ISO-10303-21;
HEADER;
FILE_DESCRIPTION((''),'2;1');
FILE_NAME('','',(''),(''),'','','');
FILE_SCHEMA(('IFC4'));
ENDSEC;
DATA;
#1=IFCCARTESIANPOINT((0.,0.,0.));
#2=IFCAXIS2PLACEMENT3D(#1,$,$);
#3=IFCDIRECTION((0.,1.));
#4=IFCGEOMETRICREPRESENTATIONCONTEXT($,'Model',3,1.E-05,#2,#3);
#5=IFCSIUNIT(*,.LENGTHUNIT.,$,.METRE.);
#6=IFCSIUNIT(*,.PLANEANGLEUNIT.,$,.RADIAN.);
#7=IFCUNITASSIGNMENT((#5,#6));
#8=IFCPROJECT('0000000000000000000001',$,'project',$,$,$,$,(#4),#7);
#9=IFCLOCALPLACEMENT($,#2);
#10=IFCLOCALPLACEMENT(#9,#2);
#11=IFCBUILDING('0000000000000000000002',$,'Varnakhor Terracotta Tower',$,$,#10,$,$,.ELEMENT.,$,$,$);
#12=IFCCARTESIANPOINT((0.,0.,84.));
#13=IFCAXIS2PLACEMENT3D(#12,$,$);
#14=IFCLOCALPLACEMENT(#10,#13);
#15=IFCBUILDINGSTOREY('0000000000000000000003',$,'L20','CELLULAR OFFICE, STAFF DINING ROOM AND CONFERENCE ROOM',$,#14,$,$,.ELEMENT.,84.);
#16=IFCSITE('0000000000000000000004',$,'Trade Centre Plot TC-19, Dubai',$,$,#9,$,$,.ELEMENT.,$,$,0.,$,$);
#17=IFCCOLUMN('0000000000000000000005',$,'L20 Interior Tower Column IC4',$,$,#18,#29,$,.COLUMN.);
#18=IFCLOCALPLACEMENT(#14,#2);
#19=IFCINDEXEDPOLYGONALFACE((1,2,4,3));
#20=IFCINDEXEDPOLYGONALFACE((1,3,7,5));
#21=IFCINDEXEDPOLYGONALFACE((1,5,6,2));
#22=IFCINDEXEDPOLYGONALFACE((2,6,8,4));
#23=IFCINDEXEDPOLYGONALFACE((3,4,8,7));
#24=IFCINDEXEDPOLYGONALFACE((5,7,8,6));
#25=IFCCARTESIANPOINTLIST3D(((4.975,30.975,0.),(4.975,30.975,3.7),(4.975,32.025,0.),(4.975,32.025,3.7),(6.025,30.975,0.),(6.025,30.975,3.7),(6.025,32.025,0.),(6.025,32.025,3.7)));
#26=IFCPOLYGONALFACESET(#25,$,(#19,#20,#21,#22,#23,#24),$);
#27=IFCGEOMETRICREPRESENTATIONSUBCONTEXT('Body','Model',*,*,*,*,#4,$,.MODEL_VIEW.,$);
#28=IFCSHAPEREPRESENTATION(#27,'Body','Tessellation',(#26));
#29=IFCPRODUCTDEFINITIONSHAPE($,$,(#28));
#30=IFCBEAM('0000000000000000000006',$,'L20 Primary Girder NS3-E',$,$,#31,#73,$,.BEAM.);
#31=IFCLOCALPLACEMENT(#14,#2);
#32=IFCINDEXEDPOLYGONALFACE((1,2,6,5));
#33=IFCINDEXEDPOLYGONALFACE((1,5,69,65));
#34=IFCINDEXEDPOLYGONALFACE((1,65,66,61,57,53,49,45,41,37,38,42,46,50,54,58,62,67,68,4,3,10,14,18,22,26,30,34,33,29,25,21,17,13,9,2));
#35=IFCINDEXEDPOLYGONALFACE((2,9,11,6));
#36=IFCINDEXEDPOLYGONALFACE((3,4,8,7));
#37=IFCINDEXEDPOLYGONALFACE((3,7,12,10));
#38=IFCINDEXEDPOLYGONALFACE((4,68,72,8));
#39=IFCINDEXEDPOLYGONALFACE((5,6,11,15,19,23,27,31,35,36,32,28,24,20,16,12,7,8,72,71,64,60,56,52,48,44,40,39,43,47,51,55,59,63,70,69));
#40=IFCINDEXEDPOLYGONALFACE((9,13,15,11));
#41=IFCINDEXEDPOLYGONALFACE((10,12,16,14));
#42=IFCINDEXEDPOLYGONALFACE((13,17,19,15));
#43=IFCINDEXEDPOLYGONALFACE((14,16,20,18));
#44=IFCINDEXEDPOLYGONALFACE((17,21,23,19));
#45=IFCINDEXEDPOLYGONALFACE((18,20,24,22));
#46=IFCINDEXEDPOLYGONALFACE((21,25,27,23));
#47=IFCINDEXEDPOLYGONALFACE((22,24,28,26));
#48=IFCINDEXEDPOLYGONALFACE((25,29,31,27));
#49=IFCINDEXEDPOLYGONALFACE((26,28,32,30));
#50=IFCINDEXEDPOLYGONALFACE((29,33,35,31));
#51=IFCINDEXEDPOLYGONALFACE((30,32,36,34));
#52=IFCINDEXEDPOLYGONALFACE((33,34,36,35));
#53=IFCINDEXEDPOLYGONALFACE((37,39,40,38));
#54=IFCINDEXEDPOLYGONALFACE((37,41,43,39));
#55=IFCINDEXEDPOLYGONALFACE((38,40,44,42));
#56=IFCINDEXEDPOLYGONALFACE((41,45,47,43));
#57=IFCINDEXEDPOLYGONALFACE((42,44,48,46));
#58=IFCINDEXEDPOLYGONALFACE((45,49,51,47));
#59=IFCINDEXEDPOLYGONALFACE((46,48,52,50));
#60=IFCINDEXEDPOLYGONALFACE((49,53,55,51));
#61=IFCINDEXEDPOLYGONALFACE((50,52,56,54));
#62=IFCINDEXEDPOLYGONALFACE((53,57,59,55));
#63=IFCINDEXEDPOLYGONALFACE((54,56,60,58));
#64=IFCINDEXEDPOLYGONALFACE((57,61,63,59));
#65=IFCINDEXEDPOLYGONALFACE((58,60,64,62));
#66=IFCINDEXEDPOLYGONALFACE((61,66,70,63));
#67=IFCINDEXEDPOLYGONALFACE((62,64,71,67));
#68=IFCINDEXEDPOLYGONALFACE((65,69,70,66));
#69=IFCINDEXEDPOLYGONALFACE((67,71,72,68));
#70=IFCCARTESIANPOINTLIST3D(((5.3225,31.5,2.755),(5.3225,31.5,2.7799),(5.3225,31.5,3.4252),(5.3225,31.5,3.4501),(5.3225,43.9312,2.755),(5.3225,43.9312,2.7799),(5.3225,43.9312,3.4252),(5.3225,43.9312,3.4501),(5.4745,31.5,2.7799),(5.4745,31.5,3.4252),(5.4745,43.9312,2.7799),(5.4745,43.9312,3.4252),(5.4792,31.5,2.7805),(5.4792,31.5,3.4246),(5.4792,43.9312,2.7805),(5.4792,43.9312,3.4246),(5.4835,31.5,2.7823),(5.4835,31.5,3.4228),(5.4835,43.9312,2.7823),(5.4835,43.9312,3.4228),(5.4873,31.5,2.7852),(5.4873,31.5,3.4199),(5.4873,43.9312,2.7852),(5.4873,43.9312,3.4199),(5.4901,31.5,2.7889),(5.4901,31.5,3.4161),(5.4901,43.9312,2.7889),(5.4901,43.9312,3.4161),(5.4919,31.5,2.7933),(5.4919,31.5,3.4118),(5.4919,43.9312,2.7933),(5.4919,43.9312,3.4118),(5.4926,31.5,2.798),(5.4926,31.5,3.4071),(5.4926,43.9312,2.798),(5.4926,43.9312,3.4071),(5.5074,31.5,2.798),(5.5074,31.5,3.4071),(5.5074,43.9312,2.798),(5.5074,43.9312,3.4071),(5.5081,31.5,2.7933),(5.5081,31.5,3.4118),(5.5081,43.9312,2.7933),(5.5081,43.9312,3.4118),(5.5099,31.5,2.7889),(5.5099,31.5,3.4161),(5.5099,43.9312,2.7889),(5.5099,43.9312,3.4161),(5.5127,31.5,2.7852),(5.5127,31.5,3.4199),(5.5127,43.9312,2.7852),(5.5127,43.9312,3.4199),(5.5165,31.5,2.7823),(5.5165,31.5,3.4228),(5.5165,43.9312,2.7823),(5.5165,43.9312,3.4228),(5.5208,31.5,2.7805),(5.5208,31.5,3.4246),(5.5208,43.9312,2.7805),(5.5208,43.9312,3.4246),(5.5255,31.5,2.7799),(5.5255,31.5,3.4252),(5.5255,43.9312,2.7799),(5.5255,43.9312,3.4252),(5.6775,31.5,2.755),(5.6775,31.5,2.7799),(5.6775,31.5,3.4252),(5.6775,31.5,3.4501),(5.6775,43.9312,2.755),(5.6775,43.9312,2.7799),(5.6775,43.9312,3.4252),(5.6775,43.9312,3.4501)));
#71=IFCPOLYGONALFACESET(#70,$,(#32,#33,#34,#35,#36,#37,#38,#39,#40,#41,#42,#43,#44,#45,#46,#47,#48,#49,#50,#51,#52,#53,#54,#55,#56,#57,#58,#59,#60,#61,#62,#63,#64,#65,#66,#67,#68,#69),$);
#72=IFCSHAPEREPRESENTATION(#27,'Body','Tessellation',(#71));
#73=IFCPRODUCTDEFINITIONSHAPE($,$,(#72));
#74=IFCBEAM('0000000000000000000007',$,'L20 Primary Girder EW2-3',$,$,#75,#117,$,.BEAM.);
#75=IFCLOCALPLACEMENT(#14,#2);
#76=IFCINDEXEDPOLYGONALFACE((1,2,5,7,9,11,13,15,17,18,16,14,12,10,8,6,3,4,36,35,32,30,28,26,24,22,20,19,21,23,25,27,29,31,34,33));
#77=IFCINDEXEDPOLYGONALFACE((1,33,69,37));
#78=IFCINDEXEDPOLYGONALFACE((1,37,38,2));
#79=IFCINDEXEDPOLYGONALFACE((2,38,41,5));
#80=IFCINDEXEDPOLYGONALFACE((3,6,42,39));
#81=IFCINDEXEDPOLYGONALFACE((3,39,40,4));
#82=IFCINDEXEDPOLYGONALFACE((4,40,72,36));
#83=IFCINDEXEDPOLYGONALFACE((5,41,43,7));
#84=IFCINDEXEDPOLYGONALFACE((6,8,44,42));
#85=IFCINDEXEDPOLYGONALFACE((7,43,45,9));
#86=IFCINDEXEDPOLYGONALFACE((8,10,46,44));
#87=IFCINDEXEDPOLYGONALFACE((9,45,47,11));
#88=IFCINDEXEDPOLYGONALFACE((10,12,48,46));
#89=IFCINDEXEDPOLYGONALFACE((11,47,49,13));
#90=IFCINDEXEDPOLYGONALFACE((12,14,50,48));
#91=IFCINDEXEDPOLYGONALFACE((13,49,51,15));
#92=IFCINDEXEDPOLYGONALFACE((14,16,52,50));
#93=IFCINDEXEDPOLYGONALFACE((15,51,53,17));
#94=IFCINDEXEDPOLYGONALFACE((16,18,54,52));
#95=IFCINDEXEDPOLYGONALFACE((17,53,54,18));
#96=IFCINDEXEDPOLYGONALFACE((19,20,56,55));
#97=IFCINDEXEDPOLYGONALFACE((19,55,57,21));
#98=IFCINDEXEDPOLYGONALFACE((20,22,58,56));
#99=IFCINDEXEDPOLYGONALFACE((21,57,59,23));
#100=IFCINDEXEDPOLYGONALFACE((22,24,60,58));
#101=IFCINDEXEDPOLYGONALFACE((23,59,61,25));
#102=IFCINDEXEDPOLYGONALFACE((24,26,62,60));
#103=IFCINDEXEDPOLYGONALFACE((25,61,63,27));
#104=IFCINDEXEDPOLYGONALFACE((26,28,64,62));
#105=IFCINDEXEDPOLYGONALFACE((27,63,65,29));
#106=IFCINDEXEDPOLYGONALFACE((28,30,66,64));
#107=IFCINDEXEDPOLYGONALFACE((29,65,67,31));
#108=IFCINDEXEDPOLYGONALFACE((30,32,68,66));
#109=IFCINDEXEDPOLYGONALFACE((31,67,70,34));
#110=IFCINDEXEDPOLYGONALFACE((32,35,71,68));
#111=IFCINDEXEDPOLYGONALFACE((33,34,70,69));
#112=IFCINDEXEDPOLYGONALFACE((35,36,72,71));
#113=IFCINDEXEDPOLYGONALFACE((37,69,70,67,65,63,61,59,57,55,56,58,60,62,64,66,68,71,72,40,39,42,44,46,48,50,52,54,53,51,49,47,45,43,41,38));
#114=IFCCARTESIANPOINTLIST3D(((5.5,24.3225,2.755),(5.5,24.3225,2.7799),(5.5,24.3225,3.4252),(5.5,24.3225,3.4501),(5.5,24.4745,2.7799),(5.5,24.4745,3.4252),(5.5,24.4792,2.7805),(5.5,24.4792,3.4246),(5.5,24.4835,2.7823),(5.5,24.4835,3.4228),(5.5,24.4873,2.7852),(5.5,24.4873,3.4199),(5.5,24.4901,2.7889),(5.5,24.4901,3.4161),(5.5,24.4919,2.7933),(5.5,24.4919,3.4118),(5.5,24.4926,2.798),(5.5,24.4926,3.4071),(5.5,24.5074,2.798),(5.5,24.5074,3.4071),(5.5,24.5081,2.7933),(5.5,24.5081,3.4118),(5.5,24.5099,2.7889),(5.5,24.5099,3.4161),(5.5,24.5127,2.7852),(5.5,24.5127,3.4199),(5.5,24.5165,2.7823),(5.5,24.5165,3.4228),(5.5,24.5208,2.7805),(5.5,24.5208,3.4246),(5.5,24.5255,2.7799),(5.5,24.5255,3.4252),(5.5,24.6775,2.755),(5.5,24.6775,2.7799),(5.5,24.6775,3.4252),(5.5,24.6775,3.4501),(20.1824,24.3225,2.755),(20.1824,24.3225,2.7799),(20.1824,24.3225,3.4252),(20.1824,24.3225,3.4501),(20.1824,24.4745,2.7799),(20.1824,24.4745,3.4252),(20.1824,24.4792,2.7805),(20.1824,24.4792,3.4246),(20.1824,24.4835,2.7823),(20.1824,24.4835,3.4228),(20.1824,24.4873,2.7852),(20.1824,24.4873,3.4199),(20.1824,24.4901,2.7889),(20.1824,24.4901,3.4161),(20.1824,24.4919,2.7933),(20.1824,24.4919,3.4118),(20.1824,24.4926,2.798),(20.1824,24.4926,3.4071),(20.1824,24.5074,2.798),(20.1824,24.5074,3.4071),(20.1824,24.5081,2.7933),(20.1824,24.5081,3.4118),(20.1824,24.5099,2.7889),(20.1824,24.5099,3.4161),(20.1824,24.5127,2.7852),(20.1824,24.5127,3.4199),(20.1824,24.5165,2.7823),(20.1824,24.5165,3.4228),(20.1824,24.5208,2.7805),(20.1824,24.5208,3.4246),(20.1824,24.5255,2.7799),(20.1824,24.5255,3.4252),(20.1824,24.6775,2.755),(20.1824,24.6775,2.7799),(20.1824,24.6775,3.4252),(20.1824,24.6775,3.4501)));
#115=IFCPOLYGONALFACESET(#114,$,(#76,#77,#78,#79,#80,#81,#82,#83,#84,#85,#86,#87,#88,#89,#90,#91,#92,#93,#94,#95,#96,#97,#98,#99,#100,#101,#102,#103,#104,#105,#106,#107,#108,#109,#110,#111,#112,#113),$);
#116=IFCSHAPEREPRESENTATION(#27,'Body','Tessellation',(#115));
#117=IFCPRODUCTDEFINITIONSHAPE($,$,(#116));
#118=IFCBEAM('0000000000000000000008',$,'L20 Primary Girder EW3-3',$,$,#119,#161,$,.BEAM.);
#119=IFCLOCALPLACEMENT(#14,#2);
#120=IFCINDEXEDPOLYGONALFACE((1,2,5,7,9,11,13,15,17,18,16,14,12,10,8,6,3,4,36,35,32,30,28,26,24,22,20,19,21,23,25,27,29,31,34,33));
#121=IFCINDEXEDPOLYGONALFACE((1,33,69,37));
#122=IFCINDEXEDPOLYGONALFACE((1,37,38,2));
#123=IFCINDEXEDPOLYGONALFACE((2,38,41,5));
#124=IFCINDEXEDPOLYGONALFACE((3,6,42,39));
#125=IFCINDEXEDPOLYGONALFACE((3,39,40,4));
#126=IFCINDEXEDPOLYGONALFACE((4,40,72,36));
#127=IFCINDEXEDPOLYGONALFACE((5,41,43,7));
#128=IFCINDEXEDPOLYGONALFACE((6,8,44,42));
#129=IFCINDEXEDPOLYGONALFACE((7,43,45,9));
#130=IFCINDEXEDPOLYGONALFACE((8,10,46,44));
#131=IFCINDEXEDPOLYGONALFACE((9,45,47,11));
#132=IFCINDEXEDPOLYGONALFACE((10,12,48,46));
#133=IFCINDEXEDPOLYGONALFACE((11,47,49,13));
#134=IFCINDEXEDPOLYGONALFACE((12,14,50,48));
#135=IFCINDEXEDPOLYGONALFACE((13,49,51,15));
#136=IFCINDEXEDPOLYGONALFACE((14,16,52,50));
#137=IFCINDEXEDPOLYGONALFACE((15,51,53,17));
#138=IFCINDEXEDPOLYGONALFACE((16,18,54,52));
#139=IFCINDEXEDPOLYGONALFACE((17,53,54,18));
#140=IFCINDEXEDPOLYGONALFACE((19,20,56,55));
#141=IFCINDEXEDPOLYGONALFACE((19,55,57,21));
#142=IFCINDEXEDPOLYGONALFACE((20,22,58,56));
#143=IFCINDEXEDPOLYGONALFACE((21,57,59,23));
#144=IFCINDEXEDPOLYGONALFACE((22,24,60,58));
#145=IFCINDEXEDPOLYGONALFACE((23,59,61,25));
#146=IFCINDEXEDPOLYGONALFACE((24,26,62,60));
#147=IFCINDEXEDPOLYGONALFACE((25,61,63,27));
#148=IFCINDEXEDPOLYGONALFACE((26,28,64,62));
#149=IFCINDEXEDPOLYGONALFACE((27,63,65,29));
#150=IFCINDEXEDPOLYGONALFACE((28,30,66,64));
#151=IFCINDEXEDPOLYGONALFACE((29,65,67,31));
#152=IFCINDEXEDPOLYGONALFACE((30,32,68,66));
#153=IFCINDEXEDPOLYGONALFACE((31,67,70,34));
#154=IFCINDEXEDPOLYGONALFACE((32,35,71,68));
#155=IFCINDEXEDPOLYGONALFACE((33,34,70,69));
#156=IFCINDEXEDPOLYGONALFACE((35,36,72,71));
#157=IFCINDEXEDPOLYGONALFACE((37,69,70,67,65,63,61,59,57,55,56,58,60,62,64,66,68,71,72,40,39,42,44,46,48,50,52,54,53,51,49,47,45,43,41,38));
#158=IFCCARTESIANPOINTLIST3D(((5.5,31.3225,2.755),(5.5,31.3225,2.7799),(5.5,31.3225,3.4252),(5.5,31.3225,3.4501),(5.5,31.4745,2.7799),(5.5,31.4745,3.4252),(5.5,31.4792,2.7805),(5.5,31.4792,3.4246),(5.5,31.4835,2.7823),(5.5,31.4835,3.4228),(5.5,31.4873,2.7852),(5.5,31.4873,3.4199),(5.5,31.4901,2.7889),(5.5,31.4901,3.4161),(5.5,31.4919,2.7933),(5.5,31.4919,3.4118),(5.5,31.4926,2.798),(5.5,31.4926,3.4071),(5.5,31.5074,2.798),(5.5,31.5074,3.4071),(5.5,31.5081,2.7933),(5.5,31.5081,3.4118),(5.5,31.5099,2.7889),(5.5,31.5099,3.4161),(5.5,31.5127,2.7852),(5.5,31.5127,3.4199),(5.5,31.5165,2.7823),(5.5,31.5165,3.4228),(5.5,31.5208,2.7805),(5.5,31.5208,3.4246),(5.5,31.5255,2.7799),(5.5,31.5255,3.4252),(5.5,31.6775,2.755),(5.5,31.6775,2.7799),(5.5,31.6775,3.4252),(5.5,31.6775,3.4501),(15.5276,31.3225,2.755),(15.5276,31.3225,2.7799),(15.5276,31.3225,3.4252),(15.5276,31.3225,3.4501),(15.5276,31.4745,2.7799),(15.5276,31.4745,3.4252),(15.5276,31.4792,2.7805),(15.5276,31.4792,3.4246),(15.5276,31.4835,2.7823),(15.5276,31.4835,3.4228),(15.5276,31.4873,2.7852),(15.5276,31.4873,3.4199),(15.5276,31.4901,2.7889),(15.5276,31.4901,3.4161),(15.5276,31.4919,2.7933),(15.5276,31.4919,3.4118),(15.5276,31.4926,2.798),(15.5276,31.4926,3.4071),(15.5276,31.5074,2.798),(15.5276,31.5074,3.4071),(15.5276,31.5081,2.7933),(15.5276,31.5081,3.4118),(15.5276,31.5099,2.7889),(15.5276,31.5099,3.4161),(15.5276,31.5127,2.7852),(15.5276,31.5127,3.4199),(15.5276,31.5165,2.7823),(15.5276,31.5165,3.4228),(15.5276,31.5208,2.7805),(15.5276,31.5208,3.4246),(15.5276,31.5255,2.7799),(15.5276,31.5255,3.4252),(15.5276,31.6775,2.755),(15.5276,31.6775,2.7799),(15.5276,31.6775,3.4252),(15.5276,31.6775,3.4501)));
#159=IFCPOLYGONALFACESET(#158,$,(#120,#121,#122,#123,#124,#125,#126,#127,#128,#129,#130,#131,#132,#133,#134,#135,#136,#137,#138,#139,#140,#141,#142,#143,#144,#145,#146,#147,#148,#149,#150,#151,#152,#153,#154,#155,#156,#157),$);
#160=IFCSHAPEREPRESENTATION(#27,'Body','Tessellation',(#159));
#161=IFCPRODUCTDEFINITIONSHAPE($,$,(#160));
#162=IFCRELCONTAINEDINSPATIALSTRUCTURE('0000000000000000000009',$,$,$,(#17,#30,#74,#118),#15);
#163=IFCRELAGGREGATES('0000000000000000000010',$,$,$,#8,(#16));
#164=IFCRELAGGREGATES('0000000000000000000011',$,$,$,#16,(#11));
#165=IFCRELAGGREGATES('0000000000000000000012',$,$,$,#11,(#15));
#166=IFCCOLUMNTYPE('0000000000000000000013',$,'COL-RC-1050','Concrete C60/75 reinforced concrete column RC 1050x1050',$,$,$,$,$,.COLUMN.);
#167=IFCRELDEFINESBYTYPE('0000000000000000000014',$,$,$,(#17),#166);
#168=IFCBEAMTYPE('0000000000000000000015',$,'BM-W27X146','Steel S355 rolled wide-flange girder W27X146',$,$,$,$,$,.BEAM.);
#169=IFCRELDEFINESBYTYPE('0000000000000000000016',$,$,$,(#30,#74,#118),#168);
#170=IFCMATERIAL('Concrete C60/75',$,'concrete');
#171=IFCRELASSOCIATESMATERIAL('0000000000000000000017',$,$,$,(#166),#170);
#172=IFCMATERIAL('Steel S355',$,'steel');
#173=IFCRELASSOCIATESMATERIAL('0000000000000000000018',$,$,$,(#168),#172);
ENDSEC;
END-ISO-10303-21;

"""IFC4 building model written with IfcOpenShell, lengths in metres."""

from ifc_helpers import new_model, si_unit, direction, frame, origin, origin_2d, place, context, subcontext, project, spatial, rectangle, i_section, extrude, source, transform, mapped, material, material_profile, profile_set, type_object, element, save


model = new_model("IFC4")

# Units and contexts
model_context = context("Model", 3, precision=1e-05, world=origin(), true_north=direction((0.0, 1.0)))
body_context = subcontext(model_context, "Body", "Model", "MODEL_VIEW")
ifc_project = project(units=[si_unit("LENGTHUNIT", "METRE"), si_unit("PLANEANGLEUNIT", "RADIAN")], contexts=[model_context])

# Site, building, storey
site_placement = place(None, origin())
site = spatial("IfcSite", under=ifc_project, at=site_placement, Name="Trade Centre Plot TC-19, Dubai", CompositionType="ELEMENT", RefElevation=0.0)
building_placement = place(site_placement, origin())
building = spatial("IfcBuilding", under=site, at=building_placement, Name="Varnakhor Terracotta Tower", CompositionType="ELEMENT")
storey_placement = place(building_placement, frame((0.0, 0.0, 84.0)))
storey = spatial("IfcBuildingStorey", under=building, at=storey_placement, Name="L20", Description="CELLULAR OFFICE, STAFF DINING ROOM AND CONFERENCE ROOM", CompositionType="ELEMENT", Elevation=84.0)

# Column
ifc_material_1 = material(Name="Concrete C60/75", Category="concrete")
ifc_material_profile_1 = material_profile(ifc_material_1, rectangle(XDim=1.05, YDim=1.05, at=origin_2d()), Name="RC 1050x1050")
ifc_profile_set_1 = profile_set([ifc_material_profile_1], Name="Concrete C60/75")
column_type = type_object("IfcColumnType", Name="COL-RC-1050", Description="Concrete C60/75 reinforced concrete column RC 1050x1050", PredefinedType="COLUMN", material=ifc_profile_set_1)
shared_shape_1 = source(origin(), body_context, "Body", "SweptSolid", [
    extrude(rectangle(XDim=1.05, YDim=1.05, at=origin_2d()), origin(), (0.0, 0.0, 1.0), 3.7),
])
column_placement = place(storey_placement, frame((5.5, 31.5, 0.0), z_axis=(0.0, 0.0, 1.0), x_axis=(1.0, 0.0, 0.0)))
element("IfcColumn", 1, at=column_placement, inside=storey, type_object=column_type, Name="L20 Interior Tower Column IC4", PredefinedType="COLUMN", context=body_context, shape_type="MappedRepresentation", body=[
    mapped(shared_shape_1, transform((0.0, 0.0, 0.0), scale=1.0)),
])

# Beams
ifc_material_2 = material(Name="Steel S355", Category="steel")
ifc_material_profile_2 = material_profile(ifc_material_2, i_section(OverallWidth=0.355, OverallDepth=0.6951, WebThickness=0.0149, FlangeThickness=0.0249, FilletRadius=0.0181, at=origin_2d()), Name="W27X146")
ifc_profile_set_2 = profile_set([ifc_material_profile_2], Name="Steel S355")
beam_type_1 = type_object("IfcBeamType", Name="BM-W27X146", Description="Steel S355 rolled wide-flange girder W27X146", PredefinedType="BEAM", material=ifc_profile_set_2)
shared_shape_2 = source(origin(), body_context, "Body", "SweptSolid", [
    extrude(i_section(OverallWidth=0.355, OverallDepth=0.6951, WebThickness=0.0149, FlangeThickness=0.0249, FilletRadius=0.0181, at=origin_2d()), origin(), (0.0, 0.0, 1.0), 12.4312),
])
beam_1_placement = place(storey_placement, frame((5.5, 31.5, 3.1025), z_axis=(0.0, 1.0, 0.0), x_axis=(-1.0, 0.0, 0.0)))
element("IfcBeam", 2, at=beam_1_placement, inside=storey, type_object=beam_type_1, Name="L20 Primary Girder NS3-E", PredefinedType="BEAM", context=body_context, shape_type="MappedRepresentation", body=[
    mapped(shared_shape_2, transform((0.0, 0.0, 0.0), scale=1.0)),
])
shared_shape_3 = source(origin(), body_context, "Body", "SweptSolid", [
    extrude(i_section(OverallWidth=0.355, OverallDepth=0.6951, WebThickness=0.0149, FlangeThickness=0.0249, FilletRadius=0.0181, at=origin_2d()), origin(), (0.0, 0.0, 1.0), 14.6824),
])
beam_2_placement = place(storey_placement, frame((5.5, 24.5, 3.1025), z_axis=(1.0, 0.0, 0.0), x_axis=(0.0, 1.0, 0.0)))
element("IfcBeam", 3, at=beam_2_placement, inside=storey, type_object=beam_type_1, Name="L20 Primary Girder EW2-3", PredefinedType="BEAM", context=body_context, shape_type="MappedRepresentation", body=[
    mapped(shared_shape_3, transform((0.0, 0.0, 0.0), scale=1.0)),
])
shared_shape_4 = source(origin(), body_context, "Body", "SweptSolid", [
    extrude(i_section(OverallWidth=0.355, OverallDepth=0.6951, WebThickness=0.0149, FlangeThickness=0.0249, FilletRadius=0.0181, at=origin_2d()), origin(), (0.0, 0.0, 1.0), 10.0276),
])
beam_3_placement = place(storey_placement, frame((5.5, 31.5, 3.1025), z_axis=(1.0, 0.0, 0.0), x_axis=(0.0, 1.0, 0.0)))
element("IfcBeam", 4, at=beam_3_placement, inside=storey, type_object=beam_type_1, Name="L20 Primary Girder EW3-3", PredefinedType="BEAM", context=body_context, shape_type="MappedRepresentation", body=[
    mapped(shared_shape_4, transform((0.0, 0.0, 0.0), scale=1.0)),
])

save(model, "model.ifc")
